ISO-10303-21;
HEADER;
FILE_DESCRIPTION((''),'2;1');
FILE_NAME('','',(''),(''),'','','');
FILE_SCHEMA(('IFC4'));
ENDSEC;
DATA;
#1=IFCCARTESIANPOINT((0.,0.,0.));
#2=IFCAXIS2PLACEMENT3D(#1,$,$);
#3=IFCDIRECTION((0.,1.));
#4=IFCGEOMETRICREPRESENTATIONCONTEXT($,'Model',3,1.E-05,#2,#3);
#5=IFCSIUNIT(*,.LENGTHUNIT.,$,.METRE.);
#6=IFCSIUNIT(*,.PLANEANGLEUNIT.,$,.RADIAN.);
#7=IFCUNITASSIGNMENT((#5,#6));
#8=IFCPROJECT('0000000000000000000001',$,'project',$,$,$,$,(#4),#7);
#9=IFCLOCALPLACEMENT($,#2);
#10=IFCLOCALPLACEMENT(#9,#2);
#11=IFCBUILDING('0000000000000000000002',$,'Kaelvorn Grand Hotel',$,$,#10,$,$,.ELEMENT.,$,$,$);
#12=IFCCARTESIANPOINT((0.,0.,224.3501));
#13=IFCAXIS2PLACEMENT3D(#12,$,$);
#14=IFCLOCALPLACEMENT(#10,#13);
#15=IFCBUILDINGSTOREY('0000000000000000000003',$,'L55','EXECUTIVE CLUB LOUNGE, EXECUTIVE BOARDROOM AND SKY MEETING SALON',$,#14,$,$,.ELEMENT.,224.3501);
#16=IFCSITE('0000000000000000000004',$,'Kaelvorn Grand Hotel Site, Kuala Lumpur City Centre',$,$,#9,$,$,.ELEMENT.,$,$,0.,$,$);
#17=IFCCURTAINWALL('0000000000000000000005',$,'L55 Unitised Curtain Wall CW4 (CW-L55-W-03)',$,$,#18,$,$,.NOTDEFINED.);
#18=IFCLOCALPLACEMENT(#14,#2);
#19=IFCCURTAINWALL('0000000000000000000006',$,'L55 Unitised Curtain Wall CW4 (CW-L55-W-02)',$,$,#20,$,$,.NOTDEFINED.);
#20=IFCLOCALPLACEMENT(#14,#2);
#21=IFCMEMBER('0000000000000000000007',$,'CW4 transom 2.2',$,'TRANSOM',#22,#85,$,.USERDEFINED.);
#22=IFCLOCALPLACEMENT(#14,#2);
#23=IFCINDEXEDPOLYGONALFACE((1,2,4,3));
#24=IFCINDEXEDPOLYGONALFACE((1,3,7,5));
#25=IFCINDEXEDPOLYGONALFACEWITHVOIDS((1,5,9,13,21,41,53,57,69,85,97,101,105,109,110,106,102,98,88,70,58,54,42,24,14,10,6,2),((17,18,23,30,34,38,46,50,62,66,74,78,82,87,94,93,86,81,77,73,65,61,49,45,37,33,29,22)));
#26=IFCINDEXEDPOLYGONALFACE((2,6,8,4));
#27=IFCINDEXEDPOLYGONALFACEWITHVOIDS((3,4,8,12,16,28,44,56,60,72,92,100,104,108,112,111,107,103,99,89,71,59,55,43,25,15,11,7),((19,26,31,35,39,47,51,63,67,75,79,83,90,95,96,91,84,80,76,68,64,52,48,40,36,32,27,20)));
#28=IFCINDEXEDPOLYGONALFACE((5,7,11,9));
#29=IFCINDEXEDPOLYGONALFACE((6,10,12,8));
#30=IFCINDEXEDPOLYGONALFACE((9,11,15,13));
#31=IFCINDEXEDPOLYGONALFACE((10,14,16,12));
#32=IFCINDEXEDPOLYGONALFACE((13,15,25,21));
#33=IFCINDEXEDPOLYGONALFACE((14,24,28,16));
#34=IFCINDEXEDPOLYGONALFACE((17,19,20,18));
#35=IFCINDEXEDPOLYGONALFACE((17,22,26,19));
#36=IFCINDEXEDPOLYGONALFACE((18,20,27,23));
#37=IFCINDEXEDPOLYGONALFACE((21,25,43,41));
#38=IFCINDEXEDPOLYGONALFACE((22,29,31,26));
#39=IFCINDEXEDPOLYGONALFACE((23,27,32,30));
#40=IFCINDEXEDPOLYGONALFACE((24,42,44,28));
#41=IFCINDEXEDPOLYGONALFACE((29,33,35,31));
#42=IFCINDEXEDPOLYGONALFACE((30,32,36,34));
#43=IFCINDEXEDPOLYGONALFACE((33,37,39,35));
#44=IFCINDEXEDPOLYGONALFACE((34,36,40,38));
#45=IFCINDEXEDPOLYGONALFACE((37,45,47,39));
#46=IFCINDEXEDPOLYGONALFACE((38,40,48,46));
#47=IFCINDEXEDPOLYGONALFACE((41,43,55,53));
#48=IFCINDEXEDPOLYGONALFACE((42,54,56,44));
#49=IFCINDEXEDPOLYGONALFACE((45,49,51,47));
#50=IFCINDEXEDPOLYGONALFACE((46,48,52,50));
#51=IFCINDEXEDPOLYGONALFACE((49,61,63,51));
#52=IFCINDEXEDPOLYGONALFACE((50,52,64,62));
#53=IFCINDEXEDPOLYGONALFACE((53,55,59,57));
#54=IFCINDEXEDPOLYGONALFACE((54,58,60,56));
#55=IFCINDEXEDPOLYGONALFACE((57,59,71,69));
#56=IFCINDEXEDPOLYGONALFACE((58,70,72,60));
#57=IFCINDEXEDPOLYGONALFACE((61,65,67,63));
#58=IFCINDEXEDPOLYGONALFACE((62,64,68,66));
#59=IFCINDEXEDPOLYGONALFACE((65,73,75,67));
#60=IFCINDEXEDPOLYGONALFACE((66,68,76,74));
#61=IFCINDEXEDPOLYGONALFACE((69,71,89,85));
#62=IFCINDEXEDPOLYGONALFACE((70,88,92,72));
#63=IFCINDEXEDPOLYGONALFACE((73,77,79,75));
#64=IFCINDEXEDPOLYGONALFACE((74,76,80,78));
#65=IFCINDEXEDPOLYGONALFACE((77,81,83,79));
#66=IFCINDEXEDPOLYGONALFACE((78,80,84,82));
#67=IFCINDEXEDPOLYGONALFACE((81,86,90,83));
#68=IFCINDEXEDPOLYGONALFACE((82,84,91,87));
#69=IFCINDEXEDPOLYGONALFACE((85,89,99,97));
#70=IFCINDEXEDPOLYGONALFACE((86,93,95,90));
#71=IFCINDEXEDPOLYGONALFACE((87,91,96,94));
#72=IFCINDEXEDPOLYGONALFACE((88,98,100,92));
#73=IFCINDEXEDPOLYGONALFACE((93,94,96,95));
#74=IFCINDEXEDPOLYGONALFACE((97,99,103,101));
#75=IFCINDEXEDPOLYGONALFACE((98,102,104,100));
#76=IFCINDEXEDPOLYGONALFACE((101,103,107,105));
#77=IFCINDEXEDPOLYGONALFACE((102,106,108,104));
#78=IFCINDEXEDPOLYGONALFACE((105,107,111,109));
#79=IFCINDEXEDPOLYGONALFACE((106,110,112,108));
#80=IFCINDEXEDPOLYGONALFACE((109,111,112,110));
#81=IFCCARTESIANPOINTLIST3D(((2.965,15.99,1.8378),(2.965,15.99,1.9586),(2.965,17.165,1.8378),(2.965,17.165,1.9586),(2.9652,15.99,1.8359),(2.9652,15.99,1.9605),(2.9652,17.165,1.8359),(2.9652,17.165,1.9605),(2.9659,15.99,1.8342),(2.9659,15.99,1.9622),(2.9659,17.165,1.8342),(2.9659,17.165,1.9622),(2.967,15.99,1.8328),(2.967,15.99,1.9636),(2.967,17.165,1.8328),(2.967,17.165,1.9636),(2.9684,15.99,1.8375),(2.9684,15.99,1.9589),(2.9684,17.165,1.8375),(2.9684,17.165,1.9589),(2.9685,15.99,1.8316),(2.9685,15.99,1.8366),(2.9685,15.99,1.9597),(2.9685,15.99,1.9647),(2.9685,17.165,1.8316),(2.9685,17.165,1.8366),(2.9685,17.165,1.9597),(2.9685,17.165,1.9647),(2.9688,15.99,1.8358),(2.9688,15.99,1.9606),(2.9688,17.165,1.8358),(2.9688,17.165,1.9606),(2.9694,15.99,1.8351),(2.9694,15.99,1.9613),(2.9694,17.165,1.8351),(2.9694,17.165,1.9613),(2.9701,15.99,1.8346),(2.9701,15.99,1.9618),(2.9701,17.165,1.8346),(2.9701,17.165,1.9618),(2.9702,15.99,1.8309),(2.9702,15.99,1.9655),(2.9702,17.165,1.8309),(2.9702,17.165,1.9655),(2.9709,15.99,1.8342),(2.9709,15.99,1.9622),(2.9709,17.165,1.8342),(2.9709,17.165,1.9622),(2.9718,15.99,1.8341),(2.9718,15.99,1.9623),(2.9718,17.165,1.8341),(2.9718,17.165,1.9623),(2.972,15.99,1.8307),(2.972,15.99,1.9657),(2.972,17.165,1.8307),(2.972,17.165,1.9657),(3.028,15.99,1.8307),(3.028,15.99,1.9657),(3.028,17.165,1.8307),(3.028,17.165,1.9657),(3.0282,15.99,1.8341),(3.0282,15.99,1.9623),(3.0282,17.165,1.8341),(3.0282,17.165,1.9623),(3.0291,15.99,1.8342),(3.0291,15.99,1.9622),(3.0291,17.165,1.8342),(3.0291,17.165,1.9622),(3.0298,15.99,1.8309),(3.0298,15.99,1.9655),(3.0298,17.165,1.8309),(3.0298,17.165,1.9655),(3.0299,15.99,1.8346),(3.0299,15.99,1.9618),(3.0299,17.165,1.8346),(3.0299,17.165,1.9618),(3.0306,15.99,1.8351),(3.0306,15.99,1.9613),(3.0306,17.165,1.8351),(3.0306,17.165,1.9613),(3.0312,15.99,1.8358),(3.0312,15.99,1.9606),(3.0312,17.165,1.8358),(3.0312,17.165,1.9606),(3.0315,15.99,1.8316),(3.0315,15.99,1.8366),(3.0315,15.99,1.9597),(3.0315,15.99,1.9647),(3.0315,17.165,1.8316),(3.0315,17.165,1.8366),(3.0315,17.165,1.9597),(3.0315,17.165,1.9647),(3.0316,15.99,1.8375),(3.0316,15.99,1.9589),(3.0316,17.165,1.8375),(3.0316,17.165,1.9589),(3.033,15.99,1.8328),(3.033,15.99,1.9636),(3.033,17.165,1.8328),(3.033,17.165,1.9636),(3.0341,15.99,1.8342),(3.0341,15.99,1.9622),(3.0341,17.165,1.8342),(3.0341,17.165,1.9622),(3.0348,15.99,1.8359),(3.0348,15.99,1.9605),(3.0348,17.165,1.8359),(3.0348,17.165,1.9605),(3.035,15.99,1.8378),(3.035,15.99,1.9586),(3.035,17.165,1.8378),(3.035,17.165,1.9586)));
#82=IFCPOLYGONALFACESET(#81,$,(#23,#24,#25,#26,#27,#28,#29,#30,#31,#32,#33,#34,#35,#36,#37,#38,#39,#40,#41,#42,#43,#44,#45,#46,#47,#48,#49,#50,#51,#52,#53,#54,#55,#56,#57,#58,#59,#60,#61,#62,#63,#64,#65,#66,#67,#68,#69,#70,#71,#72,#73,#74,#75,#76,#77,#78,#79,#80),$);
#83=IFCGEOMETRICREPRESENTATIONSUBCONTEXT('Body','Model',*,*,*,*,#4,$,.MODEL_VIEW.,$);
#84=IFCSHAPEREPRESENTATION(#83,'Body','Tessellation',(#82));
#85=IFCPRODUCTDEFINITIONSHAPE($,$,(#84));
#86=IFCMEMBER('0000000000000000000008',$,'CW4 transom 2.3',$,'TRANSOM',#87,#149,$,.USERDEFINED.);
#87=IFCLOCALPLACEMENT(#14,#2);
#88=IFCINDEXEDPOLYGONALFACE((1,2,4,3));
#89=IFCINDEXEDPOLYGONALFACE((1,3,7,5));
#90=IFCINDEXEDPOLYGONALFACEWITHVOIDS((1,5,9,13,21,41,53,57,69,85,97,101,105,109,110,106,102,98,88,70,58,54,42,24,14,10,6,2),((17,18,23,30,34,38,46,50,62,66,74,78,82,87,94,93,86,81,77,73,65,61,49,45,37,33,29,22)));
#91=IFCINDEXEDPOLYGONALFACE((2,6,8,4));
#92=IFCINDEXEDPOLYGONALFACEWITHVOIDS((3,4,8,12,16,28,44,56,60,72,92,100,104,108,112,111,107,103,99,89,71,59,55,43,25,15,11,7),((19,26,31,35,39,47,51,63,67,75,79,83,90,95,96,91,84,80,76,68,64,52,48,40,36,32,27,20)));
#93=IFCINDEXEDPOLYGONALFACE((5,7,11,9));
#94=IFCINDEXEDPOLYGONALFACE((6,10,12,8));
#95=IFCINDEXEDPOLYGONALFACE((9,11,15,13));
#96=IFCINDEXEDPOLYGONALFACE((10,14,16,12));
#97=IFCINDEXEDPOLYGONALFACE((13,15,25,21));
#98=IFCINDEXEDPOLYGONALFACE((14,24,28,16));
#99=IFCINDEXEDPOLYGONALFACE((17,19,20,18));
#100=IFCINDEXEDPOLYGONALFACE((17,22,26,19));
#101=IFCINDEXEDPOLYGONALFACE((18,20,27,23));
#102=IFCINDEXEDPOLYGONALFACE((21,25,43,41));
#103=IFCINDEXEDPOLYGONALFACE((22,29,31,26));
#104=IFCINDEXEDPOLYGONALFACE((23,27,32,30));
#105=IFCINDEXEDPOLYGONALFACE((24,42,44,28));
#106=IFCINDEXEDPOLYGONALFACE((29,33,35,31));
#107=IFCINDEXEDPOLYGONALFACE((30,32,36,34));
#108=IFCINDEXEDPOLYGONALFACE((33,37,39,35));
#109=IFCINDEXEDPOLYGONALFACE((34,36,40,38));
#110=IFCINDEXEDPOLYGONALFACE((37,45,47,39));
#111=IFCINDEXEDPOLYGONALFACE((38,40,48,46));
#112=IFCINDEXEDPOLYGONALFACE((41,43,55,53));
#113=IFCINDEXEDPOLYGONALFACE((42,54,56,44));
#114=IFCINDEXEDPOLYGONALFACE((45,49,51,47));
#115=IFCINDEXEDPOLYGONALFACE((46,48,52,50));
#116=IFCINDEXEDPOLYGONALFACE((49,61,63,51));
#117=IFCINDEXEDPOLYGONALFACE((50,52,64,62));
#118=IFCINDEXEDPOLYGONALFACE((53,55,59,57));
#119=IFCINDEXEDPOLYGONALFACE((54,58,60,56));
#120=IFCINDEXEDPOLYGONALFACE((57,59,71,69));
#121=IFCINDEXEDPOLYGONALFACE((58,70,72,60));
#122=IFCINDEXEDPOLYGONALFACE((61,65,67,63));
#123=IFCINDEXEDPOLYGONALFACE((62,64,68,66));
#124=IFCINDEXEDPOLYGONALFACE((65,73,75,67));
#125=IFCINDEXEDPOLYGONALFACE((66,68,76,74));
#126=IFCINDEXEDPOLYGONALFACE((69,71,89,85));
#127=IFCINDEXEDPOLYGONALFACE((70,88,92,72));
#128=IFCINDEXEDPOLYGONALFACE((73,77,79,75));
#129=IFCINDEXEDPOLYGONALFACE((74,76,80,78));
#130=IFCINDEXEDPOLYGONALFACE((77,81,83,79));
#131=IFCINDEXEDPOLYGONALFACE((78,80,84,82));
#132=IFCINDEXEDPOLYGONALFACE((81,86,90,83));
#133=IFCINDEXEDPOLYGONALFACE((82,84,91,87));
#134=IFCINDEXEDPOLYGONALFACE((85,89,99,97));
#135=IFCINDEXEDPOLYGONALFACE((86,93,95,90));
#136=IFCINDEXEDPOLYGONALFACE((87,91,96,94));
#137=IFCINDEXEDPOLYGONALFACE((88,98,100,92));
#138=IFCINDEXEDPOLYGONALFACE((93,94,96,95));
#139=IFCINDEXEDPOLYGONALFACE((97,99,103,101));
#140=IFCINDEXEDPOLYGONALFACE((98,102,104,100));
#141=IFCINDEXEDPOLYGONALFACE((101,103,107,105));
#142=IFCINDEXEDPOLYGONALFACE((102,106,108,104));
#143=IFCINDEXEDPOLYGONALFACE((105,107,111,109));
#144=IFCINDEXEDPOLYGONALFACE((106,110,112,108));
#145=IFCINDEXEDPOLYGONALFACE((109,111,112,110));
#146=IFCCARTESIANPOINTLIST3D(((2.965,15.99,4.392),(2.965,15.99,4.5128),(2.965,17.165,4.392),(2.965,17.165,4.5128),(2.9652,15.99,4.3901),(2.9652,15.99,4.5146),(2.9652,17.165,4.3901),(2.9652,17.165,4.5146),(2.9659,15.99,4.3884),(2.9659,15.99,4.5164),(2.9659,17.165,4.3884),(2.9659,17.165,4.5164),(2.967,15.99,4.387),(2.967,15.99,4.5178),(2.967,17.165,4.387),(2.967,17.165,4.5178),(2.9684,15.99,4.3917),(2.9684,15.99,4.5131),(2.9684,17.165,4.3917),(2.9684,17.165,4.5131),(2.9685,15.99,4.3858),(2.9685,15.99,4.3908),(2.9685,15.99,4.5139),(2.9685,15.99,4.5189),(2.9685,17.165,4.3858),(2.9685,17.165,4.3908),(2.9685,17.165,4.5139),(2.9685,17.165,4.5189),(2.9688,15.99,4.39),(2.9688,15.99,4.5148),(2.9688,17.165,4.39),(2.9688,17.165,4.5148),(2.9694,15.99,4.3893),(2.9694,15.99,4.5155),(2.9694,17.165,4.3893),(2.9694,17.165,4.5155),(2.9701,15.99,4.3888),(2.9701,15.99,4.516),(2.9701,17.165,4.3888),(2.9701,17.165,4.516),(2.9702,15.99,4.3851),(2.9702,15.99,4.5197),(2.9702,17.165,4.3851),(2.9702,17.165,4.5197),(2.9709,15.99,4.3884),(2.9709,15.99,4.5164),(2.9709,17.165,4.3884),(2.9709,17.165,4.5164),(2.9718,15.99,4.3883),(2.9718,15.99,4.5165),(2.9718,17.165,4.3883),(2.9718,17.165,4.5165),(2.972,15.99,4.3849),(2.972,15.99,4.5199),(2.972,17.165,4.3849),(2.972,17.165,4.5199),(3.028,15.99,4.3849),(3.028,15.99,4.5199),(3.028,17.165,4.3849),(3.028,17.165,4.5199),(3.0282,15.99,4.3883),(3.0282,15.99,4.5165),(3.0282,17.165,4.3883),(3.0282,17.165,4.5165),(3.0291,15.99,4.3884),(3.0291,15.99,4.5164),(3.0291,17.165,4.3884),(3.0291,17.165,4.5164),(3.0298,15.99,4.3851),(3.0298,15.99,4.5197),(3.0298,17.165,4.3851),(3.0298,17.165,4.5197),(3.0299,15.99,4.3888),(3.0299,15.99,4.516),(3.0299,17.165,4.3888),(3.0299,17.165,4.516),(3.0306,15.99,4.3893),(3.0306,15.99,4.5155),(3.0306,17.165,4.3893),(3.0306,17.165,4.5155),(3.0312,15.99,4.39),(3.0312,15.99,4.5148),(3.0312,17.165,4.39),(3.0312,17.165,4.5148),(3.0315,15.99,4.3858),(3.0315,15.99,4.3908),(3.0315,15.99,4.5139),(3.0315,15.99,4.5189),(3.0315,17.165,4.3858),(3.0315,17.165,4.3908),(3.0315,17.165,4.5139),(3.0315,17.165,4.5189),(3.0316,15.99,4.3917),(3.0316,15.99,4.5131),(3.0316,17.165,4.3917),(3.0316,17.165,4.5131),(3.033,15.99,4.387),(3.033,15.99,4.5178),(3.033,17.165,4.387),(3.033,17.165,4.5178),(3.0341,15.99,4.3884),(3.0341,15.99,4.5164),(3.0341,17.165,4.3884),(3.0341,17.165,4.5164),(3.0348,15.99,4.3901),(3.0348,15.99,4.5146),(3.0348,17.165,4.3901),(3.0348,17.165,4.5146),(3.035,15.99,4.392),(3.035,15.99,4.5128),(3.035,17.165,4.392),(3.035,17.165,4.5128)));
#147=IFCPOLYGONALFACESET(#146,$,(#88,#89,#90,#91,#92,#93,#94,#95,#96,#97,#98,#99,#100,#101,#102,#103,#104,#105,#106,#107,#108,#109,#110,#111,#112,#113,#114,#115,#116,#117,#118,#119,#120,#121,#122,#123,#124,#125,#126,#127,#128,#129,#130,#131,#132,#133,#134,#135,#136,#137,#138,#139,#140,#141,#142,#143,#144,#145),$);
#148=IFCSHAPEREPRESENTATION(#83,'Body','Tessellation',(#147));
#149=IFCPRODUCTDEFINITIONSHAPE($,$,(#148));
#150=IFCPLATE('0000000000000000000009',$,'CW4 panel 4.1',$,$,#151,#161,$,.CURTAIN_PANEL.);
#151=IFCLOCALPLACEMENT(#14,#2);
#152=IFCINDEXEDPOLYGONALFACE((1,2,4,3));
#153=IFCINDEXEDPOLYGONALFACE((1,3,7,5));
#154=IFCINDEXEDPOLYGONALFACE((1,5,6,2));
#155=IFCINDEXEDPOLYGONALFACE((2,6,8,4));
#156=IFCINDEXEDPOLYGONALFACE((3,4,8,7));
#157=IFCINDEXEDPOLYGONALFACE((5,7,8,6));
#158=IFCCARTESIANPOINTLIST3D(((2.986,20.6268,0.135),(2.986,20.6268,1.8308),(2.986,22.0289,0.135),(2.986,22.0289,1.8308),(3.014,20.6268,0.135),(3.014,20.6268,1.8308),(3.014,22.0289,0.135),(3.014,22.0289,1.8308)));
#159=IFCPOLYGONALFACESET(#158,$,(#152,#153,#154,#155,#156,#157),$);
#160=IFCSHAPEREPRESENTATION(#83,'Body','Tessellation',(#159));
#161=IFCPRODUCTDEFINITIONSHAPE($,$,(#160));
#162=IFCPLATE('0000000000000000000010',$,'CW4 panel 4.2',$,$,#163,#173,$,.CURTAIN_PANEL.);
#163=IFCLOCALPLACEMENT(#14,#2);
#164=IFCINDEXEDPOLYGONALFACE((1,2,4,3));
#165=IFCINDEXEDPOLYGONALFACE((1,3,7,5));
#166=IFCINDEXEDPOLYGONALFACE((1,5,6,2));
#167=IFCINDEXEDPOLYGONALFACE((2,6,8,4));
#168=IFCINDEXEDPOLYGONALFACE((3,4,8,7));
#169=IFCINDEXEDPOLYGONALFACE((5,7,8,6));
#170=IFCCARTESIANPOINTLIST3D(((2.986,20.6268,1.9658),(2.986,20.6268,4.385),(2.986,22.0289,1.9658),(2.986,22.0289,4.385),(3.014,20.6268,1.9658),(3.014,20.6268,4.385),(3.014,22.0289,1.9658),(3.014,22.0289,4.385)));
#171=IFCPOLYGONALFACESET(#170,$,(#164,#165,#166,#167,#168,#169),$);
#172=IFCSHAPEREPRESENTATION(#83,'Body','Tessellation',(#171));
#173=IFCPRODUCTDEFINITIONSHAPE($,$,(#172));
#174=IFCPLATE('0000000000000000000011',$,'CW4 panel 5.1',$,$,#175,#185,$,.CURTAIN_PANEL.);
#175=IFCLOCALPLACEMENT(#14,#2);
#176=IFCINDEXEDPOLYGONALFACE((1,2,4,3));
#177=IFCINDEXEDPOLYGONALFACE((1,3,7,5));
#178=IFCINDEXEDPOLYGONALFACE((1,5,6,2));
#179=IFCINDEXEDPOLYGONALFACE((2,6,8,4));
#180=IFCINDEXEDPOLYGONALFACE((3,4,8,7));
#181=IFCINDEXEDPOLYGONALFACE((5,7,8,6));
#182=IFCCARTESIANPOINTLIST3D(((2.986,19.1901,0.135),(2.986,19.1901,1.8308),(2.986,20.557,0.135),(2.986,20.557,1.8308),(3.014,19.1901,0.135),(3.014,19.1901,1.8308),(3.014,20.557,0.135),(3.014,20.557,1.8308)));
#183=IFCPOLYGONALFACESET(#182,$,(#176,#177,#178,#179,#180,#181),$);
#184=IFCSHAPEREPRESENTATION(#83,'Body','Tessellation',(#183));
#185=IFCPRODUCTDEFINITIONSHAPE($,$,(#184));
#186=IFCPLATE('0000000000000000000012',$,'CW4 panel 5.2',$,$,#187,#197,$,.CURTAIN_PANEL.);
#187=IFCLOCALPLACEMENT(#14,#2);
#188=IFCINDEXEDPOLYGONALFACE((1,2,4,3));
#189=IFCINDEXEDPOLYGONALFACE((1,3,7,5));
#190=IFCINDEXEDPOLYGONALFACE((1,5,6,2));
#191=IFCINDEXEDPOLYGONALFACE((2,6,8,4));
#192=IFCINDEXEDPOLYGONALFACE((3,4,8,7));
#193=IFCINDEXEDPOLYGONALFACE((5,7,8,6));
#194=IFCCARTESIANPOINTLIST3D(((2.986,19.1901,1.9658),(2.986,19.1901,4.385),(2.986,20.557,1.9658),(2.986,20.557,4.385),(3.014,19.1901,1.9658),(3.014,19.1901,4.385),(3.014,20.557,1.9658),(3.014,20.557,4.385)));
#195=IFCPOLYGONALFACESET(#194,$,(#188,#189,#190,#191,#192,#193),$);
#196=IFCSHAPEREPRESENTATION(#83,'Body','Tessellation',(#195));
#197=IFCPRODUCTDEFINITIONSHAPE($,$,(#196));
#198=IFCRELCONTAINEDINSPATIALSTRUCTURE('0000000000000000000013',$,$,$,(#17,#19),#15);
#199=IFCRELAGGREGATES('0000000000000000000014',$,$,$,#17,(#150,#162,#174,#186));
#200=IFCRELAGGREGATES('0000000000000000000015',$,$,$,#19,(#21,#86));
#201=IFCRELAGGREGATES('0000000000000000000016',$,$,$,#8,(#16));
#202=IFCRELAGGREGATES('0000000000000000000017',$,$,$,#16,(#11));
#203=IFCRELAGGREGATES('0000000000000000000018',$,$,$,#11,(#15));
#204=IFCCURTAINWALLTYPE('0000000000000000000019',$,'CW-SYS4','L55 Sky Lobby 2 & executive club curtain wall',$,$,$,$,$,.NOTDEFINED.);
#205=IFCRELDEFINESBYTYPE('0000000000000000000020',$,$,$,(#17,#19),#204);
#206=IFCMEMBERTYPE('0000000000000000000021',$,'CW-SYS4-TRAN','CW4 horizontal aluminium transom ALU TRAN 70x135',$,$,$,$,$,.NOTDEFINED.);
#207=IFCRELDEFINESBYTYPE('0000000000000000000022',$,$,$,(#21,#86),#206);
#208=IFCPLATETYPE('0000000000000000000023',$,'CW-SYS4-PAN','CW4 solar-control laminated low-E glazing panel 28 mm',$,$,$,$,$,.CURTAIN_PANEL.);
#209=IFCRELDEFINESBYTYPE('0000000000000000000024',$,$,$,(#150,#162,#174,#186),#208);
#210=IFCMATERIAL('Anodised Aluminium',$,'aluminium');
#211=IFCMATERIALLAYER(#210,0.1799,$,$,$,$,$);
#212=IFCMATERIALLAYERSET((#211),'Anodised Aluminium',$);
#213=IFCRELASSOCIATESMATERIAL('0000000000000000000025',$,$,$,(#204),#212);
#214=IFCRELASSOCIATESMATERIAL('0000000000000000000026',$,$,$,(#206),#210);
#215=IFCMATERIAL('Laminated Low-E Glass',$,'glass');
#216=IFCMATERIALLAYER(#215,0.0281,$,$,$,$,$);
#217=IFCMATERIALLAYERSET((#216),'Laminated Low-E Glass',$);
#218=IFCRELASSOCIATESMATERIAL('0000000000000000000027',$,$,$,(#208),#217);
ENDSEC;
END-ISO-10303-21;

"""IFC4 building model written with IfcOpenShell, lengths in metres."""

from ifc_helpers import new_model, si_unit, direction, frame, origin, origin_2d, place, context, subcontext, project, spatial, rectangle, hollow_rectangle, extrude, material, layer, layer_set, material_profile, profile_set, type_object, element, aggregate, save


model = new_model("IFC4")

# Units and contexts
model_context = context("Model", 3, precision=1e-05, world=origin(), true_north=direction((0.0, 1.0)))
body_context = subcontext(model_context, "Body", "Model", "MODEL_VIEW")
ifc_project = project(units=[si_unit("LENGTHUNIT", "METRE"), si_unit("PLANEANGLEUNIT", "RADIAN")], contexts=[model_context])

# Site, building, storey
site_placement = place(None, origin())
site = spatial("IfcSite", under=ifc_project, at=site_placement, Name="Kaelvorn Grand Hotel Site, Kuala Lumpur City Centre", CompositionType="ELEMENT", RefElevation=0.0)
building_placement = place(site_placement, origin())
building = spatial("IfcBuilding", under=site, at=building_placement, Name="Kaelvorn Grand Hotel", CompositionType="ELEMENT")
storey_placement = place(building_placement, frame((0.0, 0.0, 224.3501)))
storey = spatial("IfcBuildingStorey", under=building, at=storey_placement, Name="L55", Description="EXECUTIVE CLUB LOUNGE, EXECUTIVE BOARDROOM AND SKY MEETING SALON", CompositionType="ELEMENT", Elevation=224.3501)

# Curtain walls
ifc_material_1 = material(Name="Anodised Aluminium", Category="aluminium")
ifc_layer_1 = layer(ifc_material_1, 0.1799)
ifc_layer_set_1 = layer_set([ifc_layer_1], Name="Anodised Aluminium")
curtain_wall_type = type_object("IfcCurtainWallType", Name="CW-SYS4", Description="L55 Sky Lobby 2 & executive club curtain wall", PredefinedType="NOTDEFINED", material=ifc_layer_set_1)
curtain_wall_1_placement = place(storey_placement, origin())
curtain_wall_1 = element("IfcCurtainWall", 1, at=curtain_wall_1_placement, inside=storey, type_object=curtain_wall_type, Name="L55 Unitised Curtain Wall CW4 (CW-L55-W-03)", PredefinedType="NOTDEFINED")
curtain_wall_2_placement = place(storey_placement, origin())
curtain_wall_2 = element("IfcCurtainWall", 2, at=curtain_wall_2_placement, inside=storey, type_object=curtain_wall_type, Name="L55 Unitised Curtain Wall CW4 (CW-L55-W-02)", PredefinedType="NOTDEFINED")

# Members
ifc_material_profile_1 = material_profile(ifc_material_1, hollow_rectangle(XDim=0.0701, YDim=0.135, WallThickness=0.0034, InnerFilletRadius=0.0034, OuterFilletRadius=0.0071, at=origin_2d()), Name="ALU TRAN 70x135")
ifc_profile_set_1 = profile_set([ifc_material_profile_1], Name="Anodised Aluminium")
member_type_1 = type_object("IfcMemberType", Name="CW-SYS4-TRAN", Description="CW4 horizontal aluminium transom ALU TRAN 70x135", PredefinedType="NOTDEFINED", material=ifc_profile_set_1)
member_1_placement = place(storey_placement, frame((3.0, 17.165, 1.8982), z_axis=(0.0, -1.0, 0.0), x_axis=(1.0, 0.0, 0.0)))
member_1 = element("IfcMember", 3, at=member_1_placement, type_object=member_type_1, Name="CW4 transom 2.2", ObjectType="TRANSOM", PredefinedType="USERDEFINED", context=body_context, shape_type="SweptSolid", body=[
    extrude(hollow_rectangle(XDim=0.0701, YDim=0.135, WallThickness=0.0034, InnerFilletRadius=0.0034, OuterFilletRadius=0.0071, at=origin_2d()), origin(), (0.0, 0.0, 1.0), 1.175),
])
member_2_placement = place(storey_placement, frame((3.0, 17.165, 4.4524), z_axis=(0.0, -1.0, 0.0), x_axis=(1.0, 0.0, 0.0)))
member_2 = element("IfcMember", 4, at=member_2_placement, type_object=member_type_1, Name="CW4 transom 2.3", ObjectType="TRANSOM", PredefinedType="USERDEFINED", context=body_context, shape_type="SweptSolid", body=[
    extrude(hollow_rectangle(XDim=0.0701, YDim=0.135, WallThickness=0.0034, InnerFilletRadius=0.0034, OuterFilletRadius=0.0071, at=origin_2d()), origin(), (0.0, 0.0, 1.0), 1.175),
])

# Plates
ifc_material_2 = material(Name="Laminated Low-E Glass", Category="glass")
ifc_layer_2 = layer(ifc_material_2, 0.0281)
ifc_layer_set_2 = layer_set([ifc_layer_2], Name="Laminated Low-E Glass")
plate_type = type_object("IfcPlateType", Name="CW-SYS4-PAN", Description="CW4 solar-control laminated low-E glazing panel 28 mm", PredefinedType="CURTAIN_PANEL", material=ifc_layer_set_2)
plate_1_placement = place(storey_placement, frame((3.0, 21.3279, 0.135), z_axis=(0.0, 0.0, 1.0), x_axis=(0.0, -1.0, 0.0)))
plate_1 = element("IfcPlate", 5, at=plate_1_placement, type_object=plate_type, Name="CW4 panel 4.1", PredefinedType="CURTAIN_PANEL", context=body_context, shape_type="SweptSolid", body=[
    extrude(rectangle(XDim=1.4021, YDim=0.0281, at=origin_2d()), origin(), (0.0, 0.0, 1.0), 1.6958),
])
plate_2_placement = place(storey_placement, frame((3.0, 21.3279, 1.9658), z_axis=(0.0, 0.0, 1.0), x_axis=(0.0, -1.0, 0.0)))
plate_2 = element("IfcPlate", 6, at=plate_2_placement, type_object=plate_type, Name="CW4 panel 4.2", PredefinedType="CURTAIN_PANEL", context=body_context, shape_type="SweptSolid", body=[
    extrude(rectangle(XDim=1.4021, YDim=0.0281, at=origin_2d()), origin(), (0.0, 0.0, 1.0), 2.4192),
])
plate_3_placement = place(storey_placement, frame((3.0, 19.8735, 0.135), z_axis=(0.0, 0.0, 1.0), x_axis=(0.0, -1.0, 0.0)))
plate_3 = element("IfcPlate", 7, at=plate_3_placement, type_object=plate_type, Name="CW4 panel 5.1", PredefinedType="CURTAIN_PANEL", context=body_context, shape_type="SweptSolid", body=[
    extrude(rectangle(XDim=1.3669, YDim=0.0281, at=origin_2d()), origin(), (0.0, 0.0, 1.0), 1.6958),
])
plate_4_placement = place(storey_placement, frame((3.0, 19.8735, 1.9658), z_axis=(0.0, 0.0, 1.0), x_axis=(0.0, -1.0, 0.0)))
plate_4 = element("IfcPlate", 8, at=plate_4_placement, type_object=plate_type, Name="CW4 panel 5.2", PredefinedType="CURTAIN_PANEL", context=body_context, shape_type="SweptSolid", body=[
    extrude(rectangle(XDim=1.3669, YDim=0.0281, at=origin_2d()), origin(), (0.0, 0.0, 1.0), 2.4192),
])
aggregate(curtain_wall_1, [plate_1, plate_2, plate_3, plate_4])
aggregate(curtain_wall_2, [member_1, member_2])

save(model, "model.ifc")
